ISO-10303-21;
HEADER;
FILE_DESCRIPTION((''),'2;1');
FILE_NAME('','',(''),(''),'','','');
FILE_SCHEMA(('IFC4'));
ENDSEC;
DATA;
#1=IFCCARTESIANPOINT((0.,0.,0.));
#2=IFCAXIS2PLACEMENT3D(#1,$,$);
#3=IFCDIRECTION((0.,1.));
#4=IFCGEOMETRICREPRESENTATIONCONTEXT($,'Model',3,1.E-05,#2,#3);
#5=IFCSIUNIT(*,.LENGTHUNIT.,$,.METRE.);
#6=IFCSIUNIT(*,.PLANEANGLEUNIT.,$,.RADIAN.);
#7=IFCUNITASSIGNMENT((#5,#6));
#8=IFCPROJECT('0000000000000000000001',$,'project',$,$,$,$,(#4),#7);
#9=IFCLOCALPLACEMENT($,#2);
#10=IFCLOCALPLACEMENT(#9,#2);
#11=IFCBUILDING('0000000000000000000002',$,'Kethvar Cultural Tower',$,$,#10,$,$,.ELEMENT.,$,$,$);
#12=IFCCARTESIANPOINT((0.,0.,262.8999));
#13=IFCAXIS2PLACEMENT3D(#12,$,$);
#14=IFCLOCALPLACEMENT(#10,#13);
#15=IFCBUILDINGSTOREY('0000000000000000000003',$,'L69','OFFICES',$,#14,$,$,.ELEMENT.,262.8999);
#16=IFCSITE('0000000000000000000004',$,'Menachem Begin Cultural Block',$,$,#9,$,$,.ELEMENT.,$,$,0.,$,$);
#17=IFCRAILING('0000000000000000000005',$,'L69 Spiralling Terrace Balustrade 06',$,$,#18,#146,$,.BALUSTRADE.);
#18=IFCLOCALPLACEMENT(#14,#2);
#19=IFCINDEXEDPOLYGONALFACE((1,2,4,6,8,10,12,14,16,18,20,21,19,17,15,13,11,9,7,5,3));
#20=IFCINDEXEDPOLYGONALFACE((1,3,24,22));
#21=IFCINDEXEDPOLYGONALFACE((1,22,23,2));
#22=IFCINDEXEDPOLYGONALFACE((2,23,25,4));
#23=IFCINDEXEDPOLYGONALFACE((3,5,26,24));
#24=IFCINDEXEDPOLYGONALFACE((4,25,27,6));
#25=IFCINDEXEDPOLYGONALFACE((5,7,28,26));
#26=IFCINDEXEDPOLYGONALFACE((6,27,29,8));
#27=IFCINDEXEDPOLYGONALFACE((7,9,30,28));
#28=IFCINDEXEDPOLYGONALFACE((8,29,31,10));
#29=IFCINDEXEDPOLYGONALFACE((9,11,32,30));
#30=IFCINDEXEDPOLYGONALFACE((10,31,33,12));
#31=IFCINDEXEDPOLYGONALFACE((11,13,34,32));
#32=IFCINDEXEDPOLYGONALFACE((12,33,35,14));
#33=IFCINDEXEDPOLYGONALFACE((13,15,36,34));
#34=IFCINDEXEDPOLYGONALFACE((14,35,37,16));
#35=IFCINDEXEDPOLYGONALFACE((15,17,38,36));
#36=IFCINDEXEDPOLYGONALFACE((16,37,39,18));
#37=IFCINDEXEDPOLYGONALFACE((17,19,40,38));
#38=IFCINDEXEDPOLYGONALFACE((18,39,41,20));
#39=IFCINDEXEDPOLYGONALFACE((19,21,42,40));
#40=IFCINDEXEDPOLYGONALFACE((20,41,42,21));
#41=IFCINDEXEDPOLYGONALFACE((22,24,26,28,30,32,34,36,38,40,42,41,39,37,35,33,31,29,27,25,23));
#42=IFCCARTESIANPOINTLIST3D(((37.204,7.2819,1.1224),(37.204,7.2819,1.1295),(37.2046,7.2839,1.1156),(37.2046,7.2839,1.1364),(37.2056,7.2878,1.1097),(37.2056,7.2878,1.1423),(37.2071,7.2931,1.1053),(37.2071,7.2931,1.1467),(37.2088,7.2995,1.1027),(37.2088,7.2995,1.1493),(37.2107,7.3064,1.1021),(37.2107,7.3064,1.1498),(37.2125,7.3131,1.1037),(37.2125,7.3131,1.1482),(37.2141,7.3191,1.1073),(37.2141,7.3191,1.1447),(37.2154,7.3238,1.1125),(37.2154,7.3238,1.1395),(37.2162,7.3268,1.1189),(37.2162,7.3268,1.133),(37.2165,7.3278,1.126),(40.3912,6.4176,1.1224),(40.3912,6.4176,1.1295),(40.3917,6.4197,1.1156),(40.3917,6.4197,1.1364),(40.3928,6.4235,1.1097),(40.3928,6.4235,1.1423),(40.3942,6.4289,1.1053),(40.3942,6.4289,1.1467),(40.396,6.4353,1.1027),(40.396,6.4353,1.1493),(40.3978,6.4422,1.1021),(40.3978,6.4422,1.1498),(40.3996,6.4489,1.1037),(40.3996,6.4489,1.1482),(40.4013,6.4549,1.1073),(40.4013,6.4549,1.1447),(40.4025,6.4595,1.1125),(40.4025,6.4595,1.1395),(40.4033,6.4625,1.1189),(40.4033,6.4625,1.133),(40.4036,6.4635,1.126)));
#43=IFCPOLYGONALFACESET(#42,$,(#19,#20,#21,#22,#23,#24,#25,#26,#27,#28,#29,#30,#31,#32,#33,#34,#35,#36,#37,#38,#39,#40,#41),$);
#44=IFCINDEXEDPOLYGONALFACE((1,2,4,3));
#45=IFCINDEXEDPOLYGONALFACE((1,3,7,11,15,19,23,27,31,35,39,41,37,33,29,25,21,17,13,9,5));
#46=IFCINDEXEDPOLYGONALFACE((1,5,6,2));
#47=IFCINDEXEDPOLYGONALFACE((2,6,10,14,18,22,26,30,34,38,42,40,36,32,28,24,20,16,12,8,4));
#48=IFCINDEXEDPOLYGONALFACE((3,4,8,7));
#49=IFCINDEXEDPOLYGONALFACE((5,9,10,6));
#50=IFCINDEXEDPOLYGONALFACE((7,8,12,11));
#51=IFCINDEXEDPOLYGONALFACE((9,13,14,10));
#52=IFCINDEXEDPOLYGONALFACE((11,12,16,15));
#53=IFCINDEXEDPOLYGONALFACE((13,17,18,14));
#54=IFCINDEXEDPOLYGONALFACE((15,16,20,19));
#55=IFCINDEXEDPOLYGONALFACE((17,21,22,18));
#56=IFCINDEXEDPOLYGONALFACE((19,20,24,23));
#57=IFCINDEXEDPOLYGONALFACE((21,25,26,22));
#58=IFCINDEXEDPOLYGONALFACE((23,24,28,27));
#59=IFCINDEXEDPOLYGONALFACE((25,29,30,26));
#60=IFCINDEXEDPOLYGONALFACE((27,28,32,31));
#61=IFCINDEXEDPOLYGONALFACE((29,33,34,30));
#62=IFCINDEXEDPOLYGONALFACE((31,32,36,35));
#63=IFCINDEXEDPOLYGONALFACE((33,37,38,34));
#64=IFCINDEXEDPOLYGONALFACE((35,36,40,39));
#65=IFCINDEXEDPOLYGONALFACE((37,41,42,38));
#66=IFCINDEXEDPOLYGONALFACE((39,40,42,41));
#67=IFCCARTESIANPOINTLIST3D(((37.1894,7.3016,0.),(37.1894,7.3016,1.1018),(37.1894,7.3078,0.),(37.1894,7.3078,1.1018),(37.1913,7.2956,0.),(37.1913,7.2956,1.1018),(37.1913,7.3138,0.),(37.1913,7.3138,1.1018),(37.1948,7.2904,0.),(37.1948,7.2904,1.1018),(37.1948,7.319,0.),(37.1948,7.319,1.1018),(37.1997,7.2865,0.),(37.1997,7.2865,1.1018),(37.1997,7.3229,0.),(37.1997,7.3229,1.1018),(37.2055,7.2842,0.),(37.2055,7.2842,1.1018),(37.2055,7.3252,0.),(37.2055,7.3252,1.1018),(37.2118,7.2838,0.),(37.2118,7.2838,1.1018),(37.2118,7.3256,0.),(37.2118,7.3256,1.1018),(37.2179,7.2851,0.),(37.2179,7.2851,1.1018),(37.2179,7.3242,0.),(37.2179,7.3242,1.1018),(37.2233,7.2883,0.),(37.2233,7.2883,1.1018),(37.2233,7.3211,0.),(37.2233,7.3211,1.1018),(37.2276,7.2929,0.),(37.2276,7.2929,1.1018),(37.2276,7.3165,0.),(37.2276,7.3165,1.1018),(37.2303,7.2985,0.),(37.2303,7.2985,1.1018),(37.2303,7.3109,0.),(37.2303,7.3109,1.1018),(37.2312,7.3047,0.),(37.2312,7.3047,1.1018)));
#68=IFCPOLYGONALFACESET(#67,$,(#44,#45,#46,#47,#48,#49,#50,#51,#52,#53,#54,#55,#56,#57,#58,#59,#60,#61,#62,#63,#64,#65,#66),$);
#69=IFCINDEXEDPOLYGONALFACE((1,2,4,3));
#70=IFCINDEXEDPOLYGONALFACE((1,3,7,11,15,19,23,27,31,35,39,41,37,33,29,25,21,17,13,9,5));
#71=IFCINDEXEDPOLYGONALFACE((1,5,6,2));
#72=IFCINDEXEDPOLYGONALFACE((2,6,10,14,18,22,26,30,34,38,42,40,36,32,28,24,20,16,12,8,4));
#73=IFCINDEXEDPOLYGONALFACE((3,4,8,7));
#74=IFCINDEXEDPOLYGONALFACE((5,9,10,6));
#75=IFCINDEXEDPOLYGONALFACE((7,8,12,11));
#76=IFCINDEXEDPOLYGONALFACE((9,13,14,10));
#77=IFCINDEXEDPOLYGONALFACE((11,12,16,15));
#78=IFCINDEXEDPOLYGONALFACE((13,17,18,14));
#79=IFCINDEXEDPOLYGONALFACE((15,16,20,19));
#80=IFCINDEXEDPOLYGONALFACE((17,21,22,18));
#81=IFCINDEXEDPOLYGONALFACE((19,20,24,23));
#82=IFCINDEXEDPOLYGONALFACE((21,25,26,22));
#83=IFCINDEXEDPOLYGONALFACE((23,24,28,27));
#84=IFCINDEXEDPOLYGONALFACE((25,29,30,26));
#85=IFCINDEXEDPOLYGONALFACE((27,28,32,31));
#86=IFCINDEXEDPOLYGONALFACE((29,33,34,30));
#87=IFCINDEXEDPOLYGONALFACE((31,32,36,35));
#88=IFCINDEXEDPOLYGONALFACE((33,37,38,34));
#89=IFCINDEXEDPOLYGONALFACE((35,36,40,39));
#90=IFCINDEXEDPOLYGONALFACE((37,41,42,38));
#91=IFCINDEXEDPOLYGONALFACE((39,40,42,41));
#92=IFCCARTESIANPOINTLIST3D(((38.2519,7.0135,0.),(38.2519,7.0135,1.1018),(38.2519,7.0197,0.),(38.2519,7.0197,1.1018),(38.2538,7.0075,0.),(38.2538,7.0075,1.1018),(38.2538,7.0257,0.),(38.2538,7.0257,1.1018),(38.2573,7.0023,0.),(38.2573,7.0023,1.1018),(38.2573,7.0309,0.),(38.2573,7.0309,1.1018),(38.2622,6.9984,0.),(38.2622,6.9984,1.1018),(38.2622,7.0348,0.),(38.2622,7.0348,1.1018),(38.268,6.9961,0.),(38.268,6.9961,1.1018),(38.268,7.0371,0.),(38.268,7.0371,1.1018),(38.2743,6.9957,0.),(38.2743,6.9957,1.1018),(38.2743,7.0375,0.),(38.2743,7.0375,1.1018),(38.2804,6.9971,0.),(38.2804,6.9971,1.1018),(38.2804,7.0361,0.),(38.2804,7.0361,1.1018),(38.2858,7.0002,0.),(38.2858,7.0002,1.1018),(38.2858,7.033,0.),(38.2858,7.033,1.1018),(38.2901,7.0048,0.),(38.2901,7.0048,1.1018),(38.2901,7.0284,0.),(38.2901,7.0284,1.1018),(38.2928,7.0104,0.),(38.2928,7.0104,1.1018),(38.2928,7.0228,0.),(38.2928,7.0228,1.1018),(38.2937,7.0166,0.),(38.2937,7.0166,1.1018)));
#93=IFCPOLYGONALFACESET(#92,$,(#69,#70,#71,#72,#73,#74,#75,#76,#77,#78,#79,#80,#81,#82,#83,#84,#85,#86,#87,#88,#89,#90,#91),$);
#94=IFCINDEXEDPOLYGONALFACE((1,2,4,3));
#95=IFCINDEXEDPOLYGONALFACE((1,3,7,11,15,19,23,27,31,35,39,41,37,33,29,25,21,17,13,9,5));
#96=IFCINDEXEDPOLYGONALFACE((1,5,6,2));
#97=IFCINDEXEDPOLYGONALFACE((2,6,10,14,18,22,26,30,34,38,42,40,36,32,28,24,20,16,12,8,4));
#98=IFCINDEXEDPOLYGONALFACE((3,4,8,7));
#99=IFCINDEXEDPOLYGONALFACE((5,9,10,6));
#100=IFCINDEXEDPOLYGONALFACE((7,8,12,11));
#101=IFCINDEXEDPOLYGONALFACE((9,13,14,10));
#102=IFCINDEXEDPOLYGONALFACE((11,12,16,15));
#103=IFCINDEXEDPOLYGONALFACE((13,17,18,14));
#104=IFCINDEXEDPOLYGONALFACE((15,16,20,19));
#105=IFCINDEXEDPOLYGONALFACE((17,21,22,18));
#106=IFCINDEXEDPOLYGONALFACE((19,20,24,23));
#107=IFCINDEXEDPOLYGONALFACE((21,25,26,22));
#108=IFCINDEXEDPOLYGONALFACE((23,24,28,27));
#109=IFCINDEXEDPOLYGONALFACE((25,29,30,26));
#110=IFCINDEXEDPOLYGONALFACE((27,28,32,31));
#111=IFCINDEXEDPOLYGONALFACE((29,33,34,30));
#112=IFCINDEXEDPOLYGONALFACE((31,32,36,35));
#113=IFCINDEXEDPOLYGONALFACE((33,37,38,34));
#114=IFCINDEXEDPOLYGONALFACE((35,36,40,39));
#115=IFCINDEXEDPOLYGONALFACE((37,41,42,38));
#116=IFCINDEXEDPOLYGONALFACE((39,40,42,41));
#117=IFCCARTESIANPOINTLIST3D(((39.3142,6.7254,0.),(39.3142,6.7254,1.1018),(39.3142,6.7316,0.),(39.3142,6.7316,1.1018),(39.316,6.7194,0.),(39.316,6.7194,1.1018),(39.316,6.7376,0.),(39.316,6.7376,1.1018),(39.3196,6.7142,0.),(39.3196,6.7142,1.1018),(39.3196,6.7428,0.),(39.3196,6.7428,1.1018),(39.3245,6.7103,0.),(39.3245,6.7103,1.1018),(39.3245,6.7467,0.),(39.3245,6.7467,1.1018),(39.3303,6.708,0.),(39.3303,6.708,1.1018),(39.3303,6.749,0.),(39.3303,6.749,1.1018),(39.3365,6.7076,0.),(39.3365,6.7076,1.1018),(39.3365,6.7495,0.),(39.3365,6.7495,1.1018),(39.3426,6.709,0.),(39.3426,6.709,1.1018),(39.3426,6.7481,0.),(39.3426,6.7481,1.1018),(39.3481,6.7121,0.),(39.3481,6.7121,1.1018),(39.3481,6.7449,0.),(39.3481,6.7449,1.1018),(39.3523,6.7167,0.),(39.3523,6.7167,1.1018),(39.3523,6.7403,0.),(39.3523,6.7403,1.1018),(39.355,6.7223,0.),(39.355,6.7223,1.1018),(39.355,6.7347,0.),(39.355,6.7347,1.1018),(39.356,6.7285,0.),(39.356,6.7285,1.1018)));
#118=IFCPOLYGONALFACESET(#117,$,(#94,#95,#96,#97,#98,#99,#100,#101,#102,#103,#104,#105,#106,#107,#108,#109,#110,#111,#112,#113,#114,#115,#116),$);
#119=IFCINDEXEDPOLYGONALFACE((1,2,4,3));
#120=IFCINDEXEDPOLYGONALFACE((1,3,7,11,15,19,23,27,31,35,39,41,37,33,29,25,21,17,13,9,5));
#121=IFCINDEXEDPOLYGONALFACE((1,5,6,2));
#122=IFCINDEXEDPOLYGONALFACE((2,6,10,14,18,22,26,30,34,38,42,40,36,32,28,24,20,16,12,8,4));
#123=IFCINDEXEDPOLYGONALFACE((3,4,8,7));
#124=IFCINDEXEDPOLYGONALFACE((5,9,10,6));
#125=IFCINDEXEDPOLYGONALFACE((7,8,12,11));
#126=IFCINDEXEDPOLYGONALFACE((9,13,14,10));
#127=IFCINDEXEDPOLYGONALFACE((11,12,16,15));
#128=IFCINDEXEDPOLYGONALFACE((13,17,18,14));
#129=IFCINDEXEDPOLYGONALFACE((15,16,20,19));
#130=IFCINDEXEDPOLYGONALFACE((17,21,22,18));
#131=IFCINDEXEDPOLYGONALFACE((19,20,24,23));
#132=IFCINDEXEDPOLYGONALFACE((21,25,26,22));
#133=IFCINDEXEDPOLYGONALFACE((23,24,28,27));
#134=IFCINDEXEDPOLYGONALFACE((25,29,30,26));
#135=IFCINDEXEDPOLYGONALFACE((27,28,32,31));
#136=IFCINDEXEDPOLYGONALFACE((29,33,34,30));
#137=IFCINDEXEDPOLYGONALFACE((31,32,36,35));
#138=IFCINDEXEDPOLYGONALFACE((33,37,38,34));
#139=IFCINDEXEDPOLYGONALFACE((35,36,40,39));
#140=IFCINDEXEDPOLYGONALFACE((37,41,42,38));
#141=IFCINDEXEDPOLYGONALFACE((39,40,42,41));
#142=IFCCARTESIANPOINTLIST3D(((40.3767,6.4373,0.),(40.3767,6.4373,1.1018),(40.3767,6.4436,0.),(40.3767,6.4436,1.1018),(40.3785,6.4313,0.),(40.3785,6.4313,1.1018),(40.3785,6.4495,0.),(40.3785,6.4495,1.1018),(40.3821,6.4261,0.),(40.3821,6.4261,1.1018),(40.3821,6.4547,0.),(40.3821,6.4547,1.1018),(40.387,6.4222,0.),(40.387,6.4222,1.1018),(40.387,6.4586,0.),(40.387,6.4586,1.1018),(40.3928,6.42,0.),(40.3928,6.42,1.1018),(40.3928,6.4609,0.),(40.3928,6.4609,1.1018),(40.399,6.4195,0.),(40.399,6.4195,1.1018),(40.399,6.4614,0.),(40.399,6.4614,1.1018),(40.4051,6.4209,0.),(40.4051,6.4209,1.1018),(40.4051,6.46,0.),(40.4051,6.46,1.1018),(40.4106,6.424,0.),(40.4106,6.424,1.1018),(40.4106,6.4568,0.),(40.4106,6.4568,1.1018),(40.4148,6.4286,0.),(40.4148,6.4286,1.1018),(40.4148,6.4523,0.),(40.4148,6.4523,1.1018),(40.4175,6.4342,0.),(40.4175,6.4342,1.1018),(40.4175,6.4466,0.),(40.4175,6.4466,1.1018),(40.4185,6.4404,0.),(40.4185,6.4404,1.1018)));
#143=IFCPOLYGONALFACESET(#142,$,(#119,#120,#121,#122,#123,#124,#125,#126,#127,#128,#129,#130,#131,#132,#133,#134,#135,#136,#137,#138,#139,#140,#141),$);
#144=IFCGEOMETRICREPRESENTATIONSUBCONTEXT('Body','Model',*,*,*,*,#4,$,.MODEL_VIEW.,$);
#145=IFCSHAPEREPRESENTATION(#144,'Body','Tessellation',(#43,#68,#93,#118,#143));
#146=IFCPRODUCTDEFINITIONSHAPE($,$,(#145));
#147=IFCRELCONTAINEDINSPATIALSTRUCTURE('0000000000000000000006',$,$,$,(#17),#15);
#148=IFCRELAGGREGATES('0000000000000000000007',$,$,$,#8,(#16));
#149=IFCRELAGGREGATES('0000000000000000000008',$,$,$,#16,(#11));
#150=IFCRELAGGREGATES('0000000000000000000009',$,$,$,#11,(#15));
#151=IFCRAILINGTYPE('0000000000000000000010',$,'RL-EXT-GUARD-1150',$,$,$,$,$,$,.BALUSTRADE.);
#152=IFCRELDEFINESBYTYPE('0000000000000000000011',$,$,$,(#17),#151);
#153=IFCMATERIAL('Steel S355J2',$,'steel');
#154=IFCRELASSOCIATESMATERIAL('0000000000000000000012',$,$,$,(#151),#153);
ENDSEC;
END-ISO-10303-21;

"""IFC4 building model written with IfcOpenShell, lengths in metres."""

from ifc_helpers import new_model, si_unit, direction, frame, origin, origin_2d, place, context, subcontext, project, spatial, circle, extrude, material, type_object, element, save


model = new_model("IFC4")

# Units and contexts
model_context = context("Model", 3, precision=1e-05, world=origin(), true_north=direction((0.0, 1.0)))
body_context = subcontext(model_context, "Body", "Model", "MODEL_VIEW")
ifc_project = project(units=[si_unit("LENGTHUNIT", "METRE"), si_unit("PLANEANGLEUNIT", "RADIAN")], contexts=[model_context])

# Site, building, storey
site_placement = place(None, origin())
site = spatial("IfcSite", under=ifc_project, at=site_placement, Name="Menachem Begin Cultural Block", CompositionType="ELEMENT", RefElevation=0.0)
building_placement = place(site_placement, origin())
building = spatial("IfcBuilding", under=site, at=building_placement, Name="Kethvar Cultural Tower", CompositionType="ELEMENT")
storey_placement = place(building_placement, frame((0.0, 0.0, 262.8999)))
storey = spatial("IfcBuildingStorey", under=building, at=storey_placement, Name="L69", Description="OFFICES", CompositionType="ELEMENT", Elevation=262.8999)

# Shared definitions
ifc_material_1 = material(Name="Steel S355J2", Category="steel")

# Railing
railing_type = type_object("IfcRailingType", Name="RL-EXT-GUARD-1150", PredefinedType="BALUSTRADE", material=ifc_material_1)
railing_1_placement = place(storey_placement, frame((37.2102, 7.3047, 0.0)))
element("IfcRailing", 1, at=railing_1_placement, inside=storey, type_object=railing_type, Name="L69 Spiralling Terrace Balustrade 06", PredefinedType="BALUSTRADE", context=body_context, shape_type="SweptSolid", body=[
    extrude(circle(Radius=0.0239, at=origin_2d()), frame((0.0, 0.0, 1.126), z_axis=(0.965147, -0.26171, 0.0), x_axis=(0.26171, 0.965147, 0.0)), (0.0, 0.0, 1.0), 3.3022),
    extrude(circle(Radius=0.021, at=origin_2d()), origin(), (0.0, 0.0, 1.0), 1.1018),
    extrude(circle(Radius=0.021, at=origin_2d()), frame((1.0625, -0.2881, 0.0)), (0.0, 0.0, 1.0), 1.1018),
    extrude(circle(Radius=0.021, at=origin_2d()), frame((2.1248, -0.5762, 0.0)), (0.0, 0.0, 1.0), 1.1018),
    extrude(circle(Radius=0.021, at=origin_2d()), frame((3.1873, -0.8643, 0.0)), (0.0, 0.0, 1.0), 1.1018),
])

save(model, "model.ifc")
